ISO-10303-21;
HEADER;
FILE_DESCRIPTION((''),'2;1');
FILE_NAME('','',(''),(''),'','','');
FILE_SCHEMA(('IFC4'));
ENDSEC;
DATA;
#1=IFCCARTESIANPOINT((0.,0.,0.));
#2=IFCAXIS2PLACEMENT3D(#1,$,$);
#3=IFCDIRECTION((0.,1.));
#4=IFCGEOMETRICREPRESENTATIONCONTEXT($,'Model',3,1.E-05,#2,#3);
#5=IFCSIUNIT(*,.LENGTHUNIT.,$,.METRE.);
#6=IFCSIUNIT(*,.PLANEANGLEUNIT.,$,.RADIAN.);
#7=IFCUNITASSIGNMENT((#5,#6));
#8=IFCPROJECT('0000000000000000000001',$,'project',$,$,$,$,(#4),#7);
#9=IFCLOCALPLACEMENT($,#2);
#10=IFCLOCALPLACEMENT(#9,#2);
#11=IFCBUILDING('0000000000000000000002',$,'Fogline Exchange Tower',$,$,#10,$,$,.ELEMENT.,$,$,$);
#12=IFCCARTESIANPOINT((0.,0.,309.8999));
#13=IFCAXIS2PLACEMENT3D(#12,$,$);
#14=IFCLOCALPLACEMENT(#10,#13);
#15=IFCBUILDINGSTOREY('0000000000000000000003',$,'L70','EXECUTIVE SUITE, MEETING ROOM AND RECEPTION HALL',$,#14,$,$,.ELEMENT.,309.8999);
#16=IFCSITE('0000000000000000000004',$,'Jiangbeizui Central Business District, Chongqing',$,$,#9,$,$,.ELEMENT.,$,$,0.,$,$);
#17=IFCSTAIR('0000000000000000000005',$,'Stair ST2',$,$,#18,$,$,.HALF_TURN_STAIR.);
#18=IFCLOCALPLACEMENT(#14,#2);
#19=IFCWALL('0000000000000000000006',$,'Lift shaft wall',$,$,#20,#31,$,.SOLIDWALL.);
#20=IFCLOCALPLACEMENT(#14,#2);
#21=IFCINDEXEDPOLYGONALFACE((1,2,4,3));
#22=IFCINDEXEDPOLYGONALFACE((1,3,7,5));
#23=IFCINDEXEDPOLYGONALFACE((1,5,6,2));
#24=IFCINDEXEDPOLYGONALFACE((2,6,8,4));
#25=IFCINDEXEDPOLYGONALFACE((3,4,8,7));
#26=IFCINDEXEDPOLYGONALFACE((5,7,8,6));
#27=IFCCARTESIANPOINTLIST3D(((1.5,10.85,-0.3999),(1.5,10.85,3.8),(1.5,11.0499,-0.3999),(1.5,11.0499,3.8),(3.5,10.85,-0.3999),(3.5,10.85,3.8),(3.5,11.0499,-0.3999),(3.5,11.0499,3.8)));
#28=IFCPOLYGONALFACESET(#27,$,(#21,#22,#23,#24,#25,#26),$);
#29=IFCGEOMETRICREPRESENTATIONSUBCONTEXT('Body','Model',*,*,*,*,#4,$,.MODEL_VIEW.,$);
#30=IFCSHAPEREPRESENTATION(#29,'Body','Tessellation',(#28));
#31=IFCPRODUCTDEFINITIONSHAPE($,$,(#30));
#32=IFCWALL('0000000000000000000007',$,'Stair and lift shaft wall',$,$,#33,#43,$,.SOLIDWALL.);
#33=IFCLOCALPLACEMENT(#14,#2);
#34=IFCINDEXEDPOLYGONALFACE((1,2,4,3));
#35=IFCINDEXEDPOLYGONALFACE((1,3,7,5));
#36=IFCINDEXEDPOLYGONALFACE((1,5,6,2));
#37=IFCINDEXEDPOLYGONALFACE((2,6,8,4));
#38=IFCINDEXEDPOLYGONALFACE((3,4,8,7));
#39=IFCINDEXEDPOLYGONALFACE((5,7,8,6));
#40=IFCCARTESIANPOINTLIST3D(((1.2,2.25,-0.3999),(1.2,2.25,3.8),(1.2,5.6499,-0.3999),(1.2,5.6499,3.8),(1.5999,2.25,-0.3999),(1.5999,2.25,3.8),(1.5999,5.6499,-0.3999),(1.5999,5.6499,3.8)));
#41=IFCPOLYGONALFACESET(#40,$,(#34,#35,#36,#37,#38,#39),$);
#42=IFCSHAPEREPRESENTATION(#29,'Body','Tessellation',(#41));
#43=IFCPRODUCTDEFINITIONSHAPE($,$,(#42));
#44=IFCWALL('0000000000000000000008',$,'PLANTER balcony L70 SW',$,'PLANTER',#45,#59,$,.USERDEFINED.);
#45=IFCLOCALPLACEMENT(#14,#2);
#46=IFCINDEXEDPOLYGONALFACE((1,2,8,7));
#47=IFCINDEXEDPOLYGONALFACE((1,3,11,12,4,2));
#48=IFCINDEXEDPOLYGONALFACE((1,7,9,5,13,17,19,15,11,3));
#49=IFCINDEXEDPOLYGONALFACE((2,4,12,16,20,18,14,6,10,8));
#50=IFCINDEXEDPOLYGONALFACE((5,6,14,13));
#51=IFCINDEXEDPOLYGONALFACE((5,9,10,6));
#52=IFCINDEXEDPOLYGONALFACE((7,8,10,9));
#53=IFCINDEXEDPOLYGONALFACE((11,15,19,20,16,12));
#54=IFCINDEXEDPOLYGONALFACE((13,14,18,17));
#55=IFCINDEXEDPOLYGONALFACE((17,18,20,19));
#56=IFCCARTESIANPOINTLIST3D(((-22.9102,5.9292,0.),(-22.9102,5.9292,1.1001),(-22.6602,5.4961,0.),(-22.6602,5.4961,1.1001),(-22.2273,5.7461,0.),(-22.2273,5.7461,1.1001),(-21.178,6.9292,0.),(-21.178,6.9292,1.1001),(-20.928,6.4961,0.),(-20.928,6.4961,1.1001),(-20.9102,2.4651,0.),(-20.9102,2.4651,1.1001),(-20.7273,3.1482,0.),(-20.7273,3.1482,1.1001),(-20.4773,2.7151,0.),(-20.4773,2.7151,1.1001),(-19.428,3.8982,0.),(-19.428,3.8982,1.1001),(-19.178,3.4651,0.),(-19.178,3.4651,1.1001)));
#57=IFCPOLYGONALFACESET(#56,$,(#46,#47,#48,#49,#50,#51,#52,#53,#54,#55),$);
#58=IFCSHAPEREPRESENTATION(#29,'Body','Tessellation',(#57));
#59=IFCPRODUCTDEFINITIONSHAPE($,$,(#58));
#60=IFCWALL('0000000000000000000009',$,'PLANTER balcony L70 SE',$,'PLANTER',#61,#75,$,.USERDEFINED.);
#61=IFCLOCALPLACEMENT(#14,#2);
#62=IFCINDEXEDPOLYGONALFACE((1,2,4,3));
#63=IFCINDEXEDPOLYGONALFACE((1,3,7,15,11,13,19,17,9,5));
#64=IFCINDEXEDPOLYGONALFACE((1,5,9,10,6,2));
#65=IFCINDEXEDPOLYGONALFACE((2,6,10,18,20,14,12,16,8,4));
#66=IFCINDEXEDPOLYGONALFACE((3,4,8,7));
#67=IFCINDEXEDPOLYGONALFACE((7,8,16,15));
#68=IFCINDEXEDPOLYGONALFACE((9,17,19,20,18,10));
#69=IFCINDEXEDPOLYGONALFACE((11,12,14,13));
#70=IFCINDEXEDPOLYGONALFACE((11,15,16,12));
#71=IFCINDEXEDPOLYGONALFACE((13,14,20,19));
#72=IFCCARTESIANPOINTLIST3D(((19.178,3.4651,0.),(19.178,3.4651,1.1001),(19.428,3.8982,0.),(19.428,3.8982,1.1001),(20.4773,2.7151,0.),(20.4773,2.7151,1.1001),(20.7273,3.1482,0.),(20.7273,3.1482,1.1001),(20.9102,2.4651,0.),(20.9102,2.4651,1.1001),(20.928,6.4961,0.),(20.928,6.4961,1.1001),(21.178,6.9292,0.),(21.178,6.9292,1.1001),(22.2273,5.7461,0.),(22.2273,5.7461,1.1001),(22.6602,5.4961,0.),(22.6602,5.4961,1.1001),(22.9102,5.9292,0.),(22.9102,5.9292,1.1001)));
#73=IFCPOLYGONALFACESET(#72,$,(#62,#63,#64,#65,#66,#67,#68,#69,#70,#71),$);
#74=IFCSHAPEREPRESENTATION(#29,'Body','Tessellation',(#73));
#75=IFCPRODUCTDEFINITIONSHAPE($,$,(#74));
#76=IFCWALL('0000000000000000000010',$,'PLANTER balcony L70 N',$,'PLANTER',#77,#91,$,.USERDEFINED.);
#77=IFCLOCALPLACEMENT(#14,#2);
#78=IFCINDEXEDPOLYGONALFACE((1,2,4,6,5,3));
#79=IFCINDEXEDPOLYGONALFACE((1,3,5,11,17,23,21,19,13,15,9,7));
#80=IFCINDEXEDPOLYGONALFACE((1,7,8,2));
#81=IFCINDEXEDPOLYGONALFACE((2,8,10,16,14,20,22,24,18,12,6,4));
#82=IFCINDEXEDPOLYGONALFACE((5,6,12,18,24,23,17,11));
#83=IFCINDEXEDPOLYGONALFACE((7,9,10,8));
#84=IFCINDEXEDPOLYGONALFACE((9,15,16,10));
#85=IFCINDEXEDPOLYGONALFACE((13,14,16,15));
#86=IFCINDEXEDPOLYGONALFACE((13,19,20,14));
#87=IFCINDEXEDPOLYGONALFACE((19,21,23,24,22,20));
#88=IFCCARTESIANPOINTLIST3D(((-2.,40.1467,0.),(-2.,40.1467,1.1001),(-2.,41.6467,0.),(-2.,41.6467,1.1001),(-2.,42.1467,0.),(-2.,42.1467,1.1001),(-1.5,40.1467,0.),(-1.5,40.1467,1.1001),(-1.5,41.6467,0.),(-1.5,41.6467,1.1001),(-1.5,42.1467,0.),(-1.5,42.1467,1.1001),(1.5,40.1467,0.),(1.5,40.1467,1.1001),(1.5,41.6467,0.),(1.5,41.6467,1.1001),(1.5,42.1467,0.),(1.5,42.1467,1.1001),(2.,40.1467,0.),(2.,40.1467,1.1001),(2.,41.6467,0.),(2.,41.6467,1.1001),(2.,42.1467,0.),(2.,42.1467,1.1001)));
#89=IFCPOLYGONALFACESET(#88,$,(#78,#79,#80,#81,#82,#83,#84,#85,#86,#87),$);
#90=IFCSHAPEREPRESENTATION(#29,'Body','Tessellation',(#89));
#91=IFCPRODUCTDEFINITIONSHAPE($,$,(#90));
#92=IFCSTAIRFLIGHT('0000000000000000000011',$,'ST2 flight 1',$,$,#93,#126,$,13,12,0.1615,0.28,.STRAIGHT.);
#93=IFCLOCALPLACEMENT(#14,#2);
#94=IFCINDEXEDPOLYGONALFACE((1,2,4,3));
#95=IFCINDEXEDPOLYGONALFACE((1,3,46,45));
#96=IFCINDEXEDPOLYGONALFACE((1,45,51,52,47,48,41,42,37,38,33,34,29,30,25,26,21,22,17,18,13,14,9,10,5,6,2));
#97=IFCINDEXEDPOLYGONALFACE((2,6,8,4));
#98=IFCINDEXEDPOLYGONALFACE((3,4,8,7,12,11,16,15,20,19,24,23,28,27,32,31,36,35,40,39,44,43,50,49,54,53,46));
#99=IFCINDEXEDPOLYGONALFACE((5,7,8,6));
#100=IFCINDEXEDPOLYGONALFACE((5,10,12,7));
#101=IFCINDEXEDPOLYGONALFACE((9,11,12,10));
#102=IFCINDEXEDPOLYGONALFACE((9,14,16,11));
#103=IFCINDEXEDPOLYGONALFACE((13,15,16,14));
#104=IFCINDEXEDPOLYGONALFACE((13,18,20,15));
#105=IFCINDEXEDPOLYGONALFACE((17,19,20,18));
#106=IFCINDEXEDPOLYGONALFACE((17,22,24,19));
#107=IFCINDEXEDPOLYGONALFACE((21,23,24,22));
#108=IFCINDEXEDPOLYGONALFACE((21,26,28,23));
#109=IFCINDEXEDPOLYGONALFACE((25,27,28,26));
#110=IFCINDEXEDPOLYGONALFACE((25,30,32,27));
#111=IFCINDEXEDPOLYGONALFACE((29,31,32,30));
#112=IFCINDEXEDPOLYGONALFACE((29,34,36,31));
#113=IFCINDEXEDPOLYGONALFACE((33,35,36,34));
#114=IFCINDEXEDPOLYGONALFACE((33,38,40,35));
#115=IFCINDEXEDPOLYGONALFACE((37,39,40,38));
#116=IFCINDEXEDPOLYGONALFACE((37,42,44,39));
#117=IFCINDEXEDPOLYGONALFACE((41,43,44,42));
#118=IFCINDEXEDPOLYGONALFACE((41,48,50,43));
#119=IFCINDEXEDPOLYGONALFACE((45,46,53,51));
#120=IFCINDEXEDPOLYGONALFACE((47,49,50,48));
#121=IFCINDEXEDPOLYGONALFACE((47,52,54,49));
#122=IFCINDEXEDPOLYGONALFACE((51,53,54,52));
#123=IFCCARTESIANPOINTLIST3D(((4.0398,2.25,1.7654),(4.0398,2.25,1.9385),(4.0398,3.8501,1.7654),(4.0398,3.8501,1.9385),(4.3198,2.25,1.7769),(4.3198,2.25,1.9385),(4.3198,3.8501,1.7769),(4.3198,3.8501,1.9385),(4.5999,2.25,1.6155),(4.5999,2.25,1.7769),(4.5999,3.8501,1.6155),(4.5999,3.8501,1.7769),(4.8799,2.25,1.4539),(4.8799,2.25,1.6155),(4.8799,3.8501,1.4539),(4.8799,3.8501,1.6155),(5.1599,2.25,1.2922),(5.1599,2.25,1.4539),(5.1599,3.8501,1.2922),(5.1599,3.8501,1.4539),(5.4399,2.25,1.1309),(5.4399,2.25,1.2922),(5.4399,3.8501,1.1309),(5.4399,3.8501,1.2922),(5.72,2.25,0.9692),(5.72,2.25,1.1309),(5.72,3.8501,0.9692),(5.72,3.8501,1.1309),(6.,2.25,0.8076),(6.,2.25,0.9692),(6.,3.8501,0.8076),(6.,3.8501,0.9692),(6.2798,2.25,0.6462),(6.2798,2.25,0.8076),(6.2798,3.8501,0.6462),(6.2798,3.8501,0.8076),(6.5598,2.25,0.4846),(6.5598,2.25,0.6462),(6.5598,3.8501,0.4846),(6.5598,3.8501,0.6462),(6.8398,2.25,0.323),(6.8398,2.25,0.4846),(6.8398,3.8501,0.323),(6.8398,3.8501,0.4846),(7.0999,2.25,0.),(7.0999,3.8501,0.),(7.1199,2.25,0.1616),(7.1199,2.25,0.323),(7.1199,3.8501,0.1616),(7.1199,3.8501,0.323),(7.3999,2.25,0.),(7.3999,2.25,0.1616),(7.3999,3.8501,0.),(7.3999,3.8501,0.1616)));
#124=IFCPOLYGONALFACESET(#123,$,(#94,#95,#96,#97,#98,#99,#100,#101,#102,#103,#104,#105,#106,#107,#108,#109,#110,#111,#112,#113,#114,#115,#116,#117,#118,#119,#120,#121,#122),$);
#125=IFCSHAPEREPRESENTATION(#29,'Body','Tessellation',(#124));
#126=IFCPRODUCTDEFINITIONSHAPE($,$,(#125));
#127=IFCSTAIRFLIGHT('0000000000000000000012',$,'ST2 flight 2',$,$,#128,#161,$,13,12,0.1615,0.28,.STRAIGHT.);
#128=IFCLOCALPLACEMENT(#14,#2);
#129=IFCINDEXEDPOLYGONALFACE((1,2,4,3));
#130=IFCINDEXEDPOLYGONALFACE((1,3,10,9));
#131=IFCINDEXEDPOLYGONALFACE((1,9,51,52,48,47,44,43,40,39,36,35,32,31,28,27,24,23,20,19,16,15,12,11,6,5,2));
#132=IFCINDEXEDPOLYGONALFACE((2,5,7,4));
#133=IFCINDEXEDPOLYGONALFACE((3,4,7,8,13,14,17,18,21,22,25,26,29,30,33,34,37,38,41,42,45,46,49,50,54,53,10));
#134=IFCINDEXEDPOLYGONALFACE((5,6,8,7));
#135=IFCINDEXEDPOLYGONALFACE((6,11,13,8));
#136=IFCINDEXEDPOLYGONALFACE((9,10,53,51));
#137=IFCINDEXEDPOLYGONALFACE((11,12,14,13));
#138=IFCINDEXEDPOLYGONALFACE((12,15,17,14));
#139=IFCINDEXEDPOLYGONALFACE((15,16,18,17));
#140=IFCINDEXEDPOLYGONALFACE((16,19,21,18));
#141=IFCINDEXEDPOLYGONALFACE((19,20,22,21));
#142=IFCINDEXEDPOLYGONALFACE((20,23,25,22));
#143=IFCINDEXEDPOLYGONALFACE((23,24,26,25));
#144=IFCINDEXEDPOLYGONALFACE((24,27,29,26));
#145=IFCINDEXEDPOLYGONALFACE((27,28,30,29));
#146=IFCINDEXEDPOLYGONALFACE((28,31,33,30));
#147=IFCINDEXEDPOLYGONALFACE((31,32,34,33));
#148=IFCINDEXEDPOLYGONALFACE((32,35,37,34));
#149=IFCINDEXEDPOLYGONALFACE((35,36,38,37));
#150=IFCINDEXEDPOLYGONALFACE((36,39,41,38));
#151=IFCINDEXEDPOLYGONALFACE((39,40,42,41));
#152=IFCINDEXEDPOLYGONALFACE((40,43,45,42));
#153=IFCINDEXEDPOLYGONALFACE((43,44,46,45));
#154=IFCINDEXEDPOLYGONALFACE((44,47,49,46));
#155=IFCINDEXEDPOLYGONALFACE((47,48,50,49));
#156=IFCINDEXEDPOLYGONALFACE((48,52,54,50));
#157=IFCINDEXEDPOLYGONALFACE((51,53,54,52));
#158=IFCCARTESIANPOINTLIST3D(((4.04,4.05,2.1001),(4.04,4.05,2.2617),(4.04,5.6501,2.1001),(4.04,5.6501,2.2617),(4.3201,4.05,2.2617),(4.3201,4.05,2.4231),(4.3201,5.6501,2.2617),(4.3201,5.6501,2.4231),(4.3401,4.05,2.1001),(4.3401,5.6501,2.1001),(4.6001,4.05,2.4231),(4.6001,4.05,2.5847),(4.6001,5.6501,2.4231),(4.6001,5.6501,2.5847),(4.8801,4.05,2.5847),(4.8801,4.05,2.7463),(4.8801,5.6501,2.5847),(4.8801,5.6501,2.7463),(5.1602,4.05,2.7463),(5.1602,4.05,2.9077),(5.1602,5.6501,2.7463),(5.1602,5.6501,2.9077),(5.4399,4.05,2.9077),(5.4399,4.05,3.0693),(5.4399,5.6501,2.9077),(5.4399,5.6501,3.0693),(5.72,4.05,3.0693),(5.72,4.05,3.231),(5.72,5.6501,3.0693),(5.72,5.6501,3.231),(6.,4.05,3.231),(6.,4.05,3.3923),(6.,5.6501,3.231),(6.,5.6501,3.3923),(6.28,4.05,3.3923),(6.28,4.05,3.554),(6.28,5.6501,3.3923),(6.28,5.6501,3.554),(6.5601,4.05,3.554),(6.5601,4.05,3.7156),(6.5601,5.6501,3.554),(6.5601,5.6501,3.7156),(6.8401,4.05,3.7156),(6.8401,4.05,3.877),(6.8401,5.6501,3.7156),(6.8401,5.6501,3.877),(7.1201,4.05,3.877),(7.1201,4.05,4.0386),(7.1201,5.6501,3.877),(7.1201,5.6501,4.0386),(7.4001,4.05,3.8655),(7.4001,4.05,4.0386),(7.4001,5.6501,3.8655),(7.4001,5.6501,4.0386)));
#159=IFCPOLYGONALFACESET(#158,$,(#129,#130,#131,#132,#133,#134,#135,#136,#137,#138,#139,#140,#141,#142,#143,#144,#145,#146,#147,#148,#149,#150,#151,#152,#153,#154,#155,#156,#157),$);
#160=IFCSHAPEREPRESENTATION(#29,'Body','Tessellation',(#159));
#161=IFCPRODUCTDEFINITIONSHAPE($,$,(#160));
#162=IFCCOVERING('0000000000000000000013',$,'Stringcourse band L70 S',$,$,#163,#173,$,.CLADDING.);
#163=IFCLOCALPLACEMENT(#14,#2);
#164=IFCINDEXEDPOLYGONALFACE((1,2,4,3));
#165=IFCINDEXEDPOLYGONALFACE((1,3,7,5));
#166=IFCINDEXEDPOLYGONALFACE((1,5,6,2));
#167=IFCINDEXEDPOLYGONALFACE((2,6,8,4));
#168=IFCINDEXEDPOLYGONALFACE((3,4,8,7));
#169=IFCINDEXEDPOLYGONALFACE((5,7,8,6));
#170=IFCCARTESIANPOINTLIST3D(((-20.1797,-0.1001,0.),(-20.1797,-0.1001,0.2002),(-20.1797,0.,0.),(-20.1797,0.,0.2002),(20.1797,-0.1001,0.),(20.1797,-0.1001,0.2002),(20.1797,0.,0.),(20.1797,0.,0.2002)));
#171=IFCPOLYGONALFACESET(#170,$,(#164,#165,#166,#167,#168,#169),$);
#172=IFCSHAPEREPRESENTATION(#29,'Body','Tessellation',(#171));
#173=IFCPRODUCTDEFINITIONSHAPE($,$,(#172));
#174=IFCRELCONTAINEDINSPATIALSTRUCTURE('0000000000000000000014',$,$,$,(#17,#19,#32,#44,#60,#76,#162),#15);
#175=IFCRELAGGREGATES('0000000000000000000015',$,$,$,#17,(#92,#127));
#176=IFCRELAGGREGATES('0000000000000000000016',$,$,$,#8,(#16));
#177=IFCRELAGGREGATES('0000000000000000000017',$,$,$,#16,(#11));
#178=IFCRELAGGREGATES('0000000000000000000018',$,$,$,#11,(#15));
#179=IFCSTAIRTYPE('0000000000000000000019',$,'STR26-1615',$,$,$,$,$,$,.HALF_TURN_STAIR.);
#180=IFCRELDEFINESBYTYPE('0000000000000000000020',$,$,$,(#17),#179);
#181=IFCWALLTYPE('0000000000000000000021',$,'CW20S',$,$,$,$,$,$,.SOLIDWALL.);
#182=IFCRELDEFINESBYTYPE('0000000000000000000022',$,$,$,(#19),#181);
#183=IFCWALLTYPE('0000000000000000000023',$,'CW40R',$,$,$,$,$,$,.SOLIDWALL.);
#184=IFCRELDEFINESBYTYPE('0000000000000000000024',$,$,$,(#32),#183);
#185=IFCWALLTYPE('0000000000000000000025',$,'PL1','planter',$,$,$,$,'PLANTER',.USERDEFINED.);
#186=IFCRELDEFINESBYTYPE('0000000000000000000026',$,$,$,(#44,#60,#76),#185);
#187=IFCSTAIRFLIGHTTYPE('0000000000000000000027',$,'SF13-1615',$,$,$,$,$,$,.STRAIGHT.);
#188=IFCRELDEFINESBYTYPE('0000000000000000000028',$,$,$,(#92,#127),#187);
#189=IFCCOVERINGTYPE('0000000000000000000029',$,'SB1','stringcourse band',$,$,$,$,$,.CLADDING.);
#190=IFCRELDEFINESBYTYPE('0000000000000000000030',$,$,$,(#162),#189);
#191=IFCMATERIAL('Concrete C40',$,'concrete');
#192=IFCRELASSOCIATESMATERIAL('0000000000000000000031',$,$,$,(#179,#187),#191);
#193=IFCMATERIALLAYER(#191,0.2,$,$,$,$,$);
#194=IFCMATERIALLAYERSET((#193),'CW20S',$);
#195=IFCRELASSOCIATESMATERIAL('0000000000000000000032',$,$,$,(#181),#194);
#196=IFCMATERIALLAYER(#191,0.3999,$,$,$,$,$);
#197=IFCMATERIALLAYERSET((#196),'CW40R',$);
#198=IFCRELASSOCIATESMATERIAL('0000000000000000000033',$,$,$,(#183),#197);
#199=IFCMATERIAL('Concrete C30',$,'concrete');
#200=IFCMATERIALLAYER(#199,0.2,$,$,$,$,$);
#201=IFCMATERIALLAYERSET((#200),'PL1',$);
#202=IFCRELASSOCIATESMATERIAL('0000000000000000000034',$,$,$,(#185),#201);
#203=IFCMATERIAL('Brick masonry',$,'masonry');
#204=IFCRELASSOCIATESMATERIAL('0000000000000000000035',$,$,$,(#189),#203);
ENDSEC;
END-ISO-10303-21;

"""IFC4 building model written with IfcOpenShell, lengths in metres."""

from ifc_helpers import new_model, si_unit, direction, frame, frame_2d, origin, place, context, subcontext, project, spatial, polyline, rectangle, outline, extrude, material, layer, layer_set, type_object, element, aggregate, save


model = new_model("IFC4")

# Units and contexts
model_context = context("Model", 3, precision=1e-05, world=origin(), true_north=direction((0.0, 1.0)))
body_context = subcontext(model_context, "Body", "Model", "MODEL_VIEW")
ifc_project = project(units=[si_unit("LENGTHUNIT", "METRE"), si_unit("PLANEANGLEUNIT", "RADIAN")], contexts=[model_context])

# Site, building, storey
site_placement = place(None, origin())
site = spatial("IfcSite", under=ifc_project, at=site_placement, Name="Jiangbeizui Central Business District, Chongqing", CompositionType="ELEMENT", RefElevation=0.0)
building_placement = place(site_placement, origin())
building = spatial("IfcBuilding", under=site, at=building_placement, Name="Fogline Exchange Tower", CompositionType="ELEMENT")
storey_placement = place(building_placement, frame((0.0, 0.0, 309.8999)))
storey = spatial("IfcBuildingStorey", under=building, at=storey_placement, Name="L70", Description="EXECUTIVE SUITE, MEETING ROOM AND RECEPTION HALL", CompositionType="ELEMENT", Elevation=309.8999)

# Shared definitions
ifc_material_1 = material(Name="Concrete C40", Category="concrete")

# Stair
stair_type = type_object("IfcStairType", Name="STR26-1615", PredefinedType="HALF_TURN_STAIR", material=ifc_material_1)
stair_1_placement = place(storey_placement, origin())
stair_1 = element("IfcStair", 1, at=stair_1_placement, inside=storey, type_object=stair_type, Name="Stair ST2", PredefinedType="HALF_TURN_STAIR")

# Shared definitions
ifc_layer_1 = layer(ifc_material_1, 0.2)
ifc_layer_set_1 = layer_set([ifc_layer_1], Name="CW20S")
wall_type_1 = type_object("IfcWallType", Name="CW20S", PredefinedType="SOLIDWALL", material=ifc_layer_set_1)

# Walls
wall_1_placement = place(storey_placement, frame((1.5, 10.95, -0.3999), z_axis=(0.0, 0.0, 1.0), x_axis=(1.0, 0.0, 0.0)))
element("IfcWall", 2, at=wall_1_placement, inside=storey, type_object=wall_type_1, Name="Lift shaft wall", PredefinedType="SOLIDWALL", context=body_context, shape_type="SweptSolid", body=[
    extrude(rectangle(XDim=2.0, YDim=0.2, at=frame_2d((1.0, 0.0))), origin(), (0.0, 0.0, 1.0), 4.2),
])
ifc_layer_2 = layer(ifc_material_1, 0.3999)
ifc_layer_set_2 = layer_set([ifc_layer_2], Name="CW40R")
wall_type_2 = type_object("IfcWallType", Name="CW40R", PredefinedType="SOLIDWALL", material=ifc_layer_set_2)
wall_2_placement = place(storey_placement, frame((1.3999, 2.25, -0.3999), z_axis=(0.0, 0.0, 1.0), x_axis=(0.0, 1.0, 0.0)))
element("IfcWall", 3, at=wall_2_placement, inside=storey, type_object=wall_type_2, Name="Stair and lift shaft wall", PredefinedType="SOLIDWALL", context=body_context, shape_type="SweptSolid", body=[
    extrude(rectangle(XDim=3.3999, YDim=0.3999, at=frame_2d((1.7, 0.0))), origin(), (0.0, 0.0, 1.0), 4.2),
])
ifc_material_2 = material(Name="Concrete C30", Category="concrete")
ifc_layer_3 = layer(ifc_material_2, 0.2)
ifc_layer_set_3 = layer_set([ifc_layer_3], Name="PL1")
wall_type_3 = type_object("IfcWallType", Name="PL1", Description="planter", ElementType="PLANTER", PredefinedType="USERDEFINED", material=ifc_layer_set_3)
wall_3_placement = place(storey_placement, origin())
element("IfcWall", 4, at=wall_3_placement, inside=storey, type_object=wall_type_3, Name="PLANTER balcony L70 SW", ObjectType="PLANTER", PredefinedType="USERDEFINED", context=body_context, shape_type="SweptSolid", body=[
    extrude(outline(polyline([(-19.428, 3.8982), (-20.7273, 3.1482), (-22.2273, 5.7461), (-20.928, 6.4961), (-21.178, 6.9292), (-22.9102, 5.9292), (-22.6602, 5.4961), (-20.9102, 2.4651), (-20.4773, 2.7151), (-20.4773, 2.7151), (-19.178, 3.4651), (-19.428, 3.8982)])), origin(), (0.0, 0.0, 1.0), 1.1001),
])
wall_4_placement = place(storey_placement, origin())
element("IfcWall", 5, at=wall_4_placement, inside=storey, type_object=wall_type_3, Name="PLANTER balcony L70 SE", ObjectType="PLANTER", PredefinedType="USERDEFINED", context=body_context, shape_type="SweptSolid", body=[
    extrude(outline(polyline([(19.178, 3.4651), (20.4773, 2.7151), (20.4773, 2.7151), (20.9102, 2.4651), (22.6602, 5.4961), (22.9102, 5.9292), (21.178, 6.9292), (20.928, 6.4961), (22.2273, 5.7461), (20.7273, 3.1482), (19.428, 3.8982), (19.178, 3.4651)])), origin(), (0.0, 0.0, 1.0), 1.1001),
])
wall_5_placement = place(storey_placement, origin())
element("IfcWall", 6, at=wall_5_placement, inside=storey, type_object=wall_type_3, Name="PLANTER balcony L70 N", ObjectType="PLANTER", PredefinedType="USERDEFINED", context=body_context, shape_type="SweptSolid", body=[
    extrude(outline(polyline([(-1.5, 42.1467), (-2.0, 42.1467), (-2.0, 41.6467), (-2.0, 40.1467), (-1.5, 40.1467), (-1.5, 41.6467), (1.5, 41.6467), (1.5, 40.1467), (2.0, 40.1467), (2.0, 41.6467), (2.0, 42.1467), (1.5, 42.1467), (-1.5, 42.1467)])), origin(), (0.0, 0.0, 1.0), 1.1001),
])

# Stair flights
stair_flight_type = type_object("IfcStairFlightType", Name="SF13-1615", PredefinedType="STRAIGHT", material=ifc_material_1)
stair_flight_1_placement = place(storey_placement, frame((7.3999, 3.05, 0.0), z_axis=(0.0, 0.0, 1.0), x_axis=(-1.0, 0.0, 0.0)))
stair_flight_1 = element("IfcStairFlight", 7, at=stair_flight_1_placement, type_object=stair_flight_type, Name="ST2 flight 1", NumberOfRisers=13, NumberOfTreads=12, PredefinedType="STRAIGHT", RiserHeight=0.1615, TreadLength=0.28, context=body_context, shape_type="SweptSolid", body=[
    extrude(outline(polyline([(0.0, 0.0), (0.0, 0.1616), (0.28, 0.1616), (0.28, 0.323), (0.5601, 0.323), (0.5601, 0.4846), (0.8401, 0.4846), (0.8401, 0.6462), (1.1201, 0.6462), (1.1201, 0.8076), (1.3999, 0.8076), (1.3999, 0.9692), (1.6799, 0.9692), (1.6799, 1.1309), (1.96, 1.1309), (1.96, 1.2922), (2.24, 1.2922), (2.24, 1.4539), (2.52, 1.4539), (2.52, 1.6155), (2.8, 1.6155), (2.8, 1.7769), (3.0801, 1.7769), (3.0801, 1.9385), (3.3601, 1.9385), (3.3601, 2.1001), (3.3601, 1.7654), (0.3, 0.0), (0.0, 0.0)])), frame((0.0, 0.8, 0.0), z_axis=(0.0, -1.0, 0.0), x_axis=(1.0, 0.0, 0.0)), (0.0, 0.0, 1.0), 1.6001),
])
stair_flight_2_placement = place(storey_placement, frame((4.04, 4.8501, 2.1001), z_axis=(0.0, 0.0, 1.0), x_axis=(1.0, 0.0, 0.0)))
stair_flight_2 = element("IfcStairFlight", 8, at=stair_flight_2_placement, type_object=stair_flight_type, Name="ST2 flight 2", NumberOfRisers=13, NumberOfTreads=12, PredefinedType="STRAIGHT", RiserHeight=0.1615, TreadLength=0.28, context=body_context, shape_type="SweptSolid", body=[
    extrude(outline(polyline([(0.0, 0.0), (0.0, 0.1616), (0.28, 0.1616), (0.28, 0.323), (0.5601, 0.323), (0.5601, 0.4846), (0.8401, 0.4846), (0.8401, 0.6462), (1.1201, 0.6462), (1.1201, 0.8076), (1.3999, 0.8076), (1.3999, 0.9692), (1.6799, 0.9692), (1.6799, 1.1309), (1.96, 1.1309), (1.96, 1.2922), (2.24, 1.2922), (2.24, 1.4539), (2.52, 1.4539), (2.52, 1.6155), (2.8, 1.6155), (2.8, 1.7769), (3.0801, 1.7769), (3.0801, 1.9385), (3.3601, 1.9385), (3.3601, 2.1001), (3.3601, 1.7654), (0.3, 0.0), (0.0, 0.0)])), frame((0.0, 0.8, 0.0), z_axis=(0.0, -1.0, 0.0), x_axis=(1.0, 0.0, 0.0)), (0.0, 0.0, 1.0), 1.6001),
])
aggregate(stair_1, [stair_flight_1, stair_flight_2])

# Covering
ifc_material_3 = material(Name="Brick masonry", Category="masonry")
covering_type = type_object("IfcCoveringType", Name="SB1", Description="stringcourse band", PredefinedType="CLADDING", material=ifc_material_3)
covering_1_placement = place(storey_placement, origin())
element("IfcCovering", 9, at=covering_1_placement, inside=storey, type_object=covering_type, Name="Stringcourse band L70 S", PredefinedType="CLADDING", context=body_context, shape_type="SweptSolid", body=[
    extrude(outline(polyline([(-20.1797, 0.0), (-20.1797, -0.1001), (20.1797, -0.1001), (20.1797, 0.0), (-20.1797, 0.0)])), origin(), (0.0, 0.0, 1.0), 0.2002),
])

save(model, "model.ifc")
